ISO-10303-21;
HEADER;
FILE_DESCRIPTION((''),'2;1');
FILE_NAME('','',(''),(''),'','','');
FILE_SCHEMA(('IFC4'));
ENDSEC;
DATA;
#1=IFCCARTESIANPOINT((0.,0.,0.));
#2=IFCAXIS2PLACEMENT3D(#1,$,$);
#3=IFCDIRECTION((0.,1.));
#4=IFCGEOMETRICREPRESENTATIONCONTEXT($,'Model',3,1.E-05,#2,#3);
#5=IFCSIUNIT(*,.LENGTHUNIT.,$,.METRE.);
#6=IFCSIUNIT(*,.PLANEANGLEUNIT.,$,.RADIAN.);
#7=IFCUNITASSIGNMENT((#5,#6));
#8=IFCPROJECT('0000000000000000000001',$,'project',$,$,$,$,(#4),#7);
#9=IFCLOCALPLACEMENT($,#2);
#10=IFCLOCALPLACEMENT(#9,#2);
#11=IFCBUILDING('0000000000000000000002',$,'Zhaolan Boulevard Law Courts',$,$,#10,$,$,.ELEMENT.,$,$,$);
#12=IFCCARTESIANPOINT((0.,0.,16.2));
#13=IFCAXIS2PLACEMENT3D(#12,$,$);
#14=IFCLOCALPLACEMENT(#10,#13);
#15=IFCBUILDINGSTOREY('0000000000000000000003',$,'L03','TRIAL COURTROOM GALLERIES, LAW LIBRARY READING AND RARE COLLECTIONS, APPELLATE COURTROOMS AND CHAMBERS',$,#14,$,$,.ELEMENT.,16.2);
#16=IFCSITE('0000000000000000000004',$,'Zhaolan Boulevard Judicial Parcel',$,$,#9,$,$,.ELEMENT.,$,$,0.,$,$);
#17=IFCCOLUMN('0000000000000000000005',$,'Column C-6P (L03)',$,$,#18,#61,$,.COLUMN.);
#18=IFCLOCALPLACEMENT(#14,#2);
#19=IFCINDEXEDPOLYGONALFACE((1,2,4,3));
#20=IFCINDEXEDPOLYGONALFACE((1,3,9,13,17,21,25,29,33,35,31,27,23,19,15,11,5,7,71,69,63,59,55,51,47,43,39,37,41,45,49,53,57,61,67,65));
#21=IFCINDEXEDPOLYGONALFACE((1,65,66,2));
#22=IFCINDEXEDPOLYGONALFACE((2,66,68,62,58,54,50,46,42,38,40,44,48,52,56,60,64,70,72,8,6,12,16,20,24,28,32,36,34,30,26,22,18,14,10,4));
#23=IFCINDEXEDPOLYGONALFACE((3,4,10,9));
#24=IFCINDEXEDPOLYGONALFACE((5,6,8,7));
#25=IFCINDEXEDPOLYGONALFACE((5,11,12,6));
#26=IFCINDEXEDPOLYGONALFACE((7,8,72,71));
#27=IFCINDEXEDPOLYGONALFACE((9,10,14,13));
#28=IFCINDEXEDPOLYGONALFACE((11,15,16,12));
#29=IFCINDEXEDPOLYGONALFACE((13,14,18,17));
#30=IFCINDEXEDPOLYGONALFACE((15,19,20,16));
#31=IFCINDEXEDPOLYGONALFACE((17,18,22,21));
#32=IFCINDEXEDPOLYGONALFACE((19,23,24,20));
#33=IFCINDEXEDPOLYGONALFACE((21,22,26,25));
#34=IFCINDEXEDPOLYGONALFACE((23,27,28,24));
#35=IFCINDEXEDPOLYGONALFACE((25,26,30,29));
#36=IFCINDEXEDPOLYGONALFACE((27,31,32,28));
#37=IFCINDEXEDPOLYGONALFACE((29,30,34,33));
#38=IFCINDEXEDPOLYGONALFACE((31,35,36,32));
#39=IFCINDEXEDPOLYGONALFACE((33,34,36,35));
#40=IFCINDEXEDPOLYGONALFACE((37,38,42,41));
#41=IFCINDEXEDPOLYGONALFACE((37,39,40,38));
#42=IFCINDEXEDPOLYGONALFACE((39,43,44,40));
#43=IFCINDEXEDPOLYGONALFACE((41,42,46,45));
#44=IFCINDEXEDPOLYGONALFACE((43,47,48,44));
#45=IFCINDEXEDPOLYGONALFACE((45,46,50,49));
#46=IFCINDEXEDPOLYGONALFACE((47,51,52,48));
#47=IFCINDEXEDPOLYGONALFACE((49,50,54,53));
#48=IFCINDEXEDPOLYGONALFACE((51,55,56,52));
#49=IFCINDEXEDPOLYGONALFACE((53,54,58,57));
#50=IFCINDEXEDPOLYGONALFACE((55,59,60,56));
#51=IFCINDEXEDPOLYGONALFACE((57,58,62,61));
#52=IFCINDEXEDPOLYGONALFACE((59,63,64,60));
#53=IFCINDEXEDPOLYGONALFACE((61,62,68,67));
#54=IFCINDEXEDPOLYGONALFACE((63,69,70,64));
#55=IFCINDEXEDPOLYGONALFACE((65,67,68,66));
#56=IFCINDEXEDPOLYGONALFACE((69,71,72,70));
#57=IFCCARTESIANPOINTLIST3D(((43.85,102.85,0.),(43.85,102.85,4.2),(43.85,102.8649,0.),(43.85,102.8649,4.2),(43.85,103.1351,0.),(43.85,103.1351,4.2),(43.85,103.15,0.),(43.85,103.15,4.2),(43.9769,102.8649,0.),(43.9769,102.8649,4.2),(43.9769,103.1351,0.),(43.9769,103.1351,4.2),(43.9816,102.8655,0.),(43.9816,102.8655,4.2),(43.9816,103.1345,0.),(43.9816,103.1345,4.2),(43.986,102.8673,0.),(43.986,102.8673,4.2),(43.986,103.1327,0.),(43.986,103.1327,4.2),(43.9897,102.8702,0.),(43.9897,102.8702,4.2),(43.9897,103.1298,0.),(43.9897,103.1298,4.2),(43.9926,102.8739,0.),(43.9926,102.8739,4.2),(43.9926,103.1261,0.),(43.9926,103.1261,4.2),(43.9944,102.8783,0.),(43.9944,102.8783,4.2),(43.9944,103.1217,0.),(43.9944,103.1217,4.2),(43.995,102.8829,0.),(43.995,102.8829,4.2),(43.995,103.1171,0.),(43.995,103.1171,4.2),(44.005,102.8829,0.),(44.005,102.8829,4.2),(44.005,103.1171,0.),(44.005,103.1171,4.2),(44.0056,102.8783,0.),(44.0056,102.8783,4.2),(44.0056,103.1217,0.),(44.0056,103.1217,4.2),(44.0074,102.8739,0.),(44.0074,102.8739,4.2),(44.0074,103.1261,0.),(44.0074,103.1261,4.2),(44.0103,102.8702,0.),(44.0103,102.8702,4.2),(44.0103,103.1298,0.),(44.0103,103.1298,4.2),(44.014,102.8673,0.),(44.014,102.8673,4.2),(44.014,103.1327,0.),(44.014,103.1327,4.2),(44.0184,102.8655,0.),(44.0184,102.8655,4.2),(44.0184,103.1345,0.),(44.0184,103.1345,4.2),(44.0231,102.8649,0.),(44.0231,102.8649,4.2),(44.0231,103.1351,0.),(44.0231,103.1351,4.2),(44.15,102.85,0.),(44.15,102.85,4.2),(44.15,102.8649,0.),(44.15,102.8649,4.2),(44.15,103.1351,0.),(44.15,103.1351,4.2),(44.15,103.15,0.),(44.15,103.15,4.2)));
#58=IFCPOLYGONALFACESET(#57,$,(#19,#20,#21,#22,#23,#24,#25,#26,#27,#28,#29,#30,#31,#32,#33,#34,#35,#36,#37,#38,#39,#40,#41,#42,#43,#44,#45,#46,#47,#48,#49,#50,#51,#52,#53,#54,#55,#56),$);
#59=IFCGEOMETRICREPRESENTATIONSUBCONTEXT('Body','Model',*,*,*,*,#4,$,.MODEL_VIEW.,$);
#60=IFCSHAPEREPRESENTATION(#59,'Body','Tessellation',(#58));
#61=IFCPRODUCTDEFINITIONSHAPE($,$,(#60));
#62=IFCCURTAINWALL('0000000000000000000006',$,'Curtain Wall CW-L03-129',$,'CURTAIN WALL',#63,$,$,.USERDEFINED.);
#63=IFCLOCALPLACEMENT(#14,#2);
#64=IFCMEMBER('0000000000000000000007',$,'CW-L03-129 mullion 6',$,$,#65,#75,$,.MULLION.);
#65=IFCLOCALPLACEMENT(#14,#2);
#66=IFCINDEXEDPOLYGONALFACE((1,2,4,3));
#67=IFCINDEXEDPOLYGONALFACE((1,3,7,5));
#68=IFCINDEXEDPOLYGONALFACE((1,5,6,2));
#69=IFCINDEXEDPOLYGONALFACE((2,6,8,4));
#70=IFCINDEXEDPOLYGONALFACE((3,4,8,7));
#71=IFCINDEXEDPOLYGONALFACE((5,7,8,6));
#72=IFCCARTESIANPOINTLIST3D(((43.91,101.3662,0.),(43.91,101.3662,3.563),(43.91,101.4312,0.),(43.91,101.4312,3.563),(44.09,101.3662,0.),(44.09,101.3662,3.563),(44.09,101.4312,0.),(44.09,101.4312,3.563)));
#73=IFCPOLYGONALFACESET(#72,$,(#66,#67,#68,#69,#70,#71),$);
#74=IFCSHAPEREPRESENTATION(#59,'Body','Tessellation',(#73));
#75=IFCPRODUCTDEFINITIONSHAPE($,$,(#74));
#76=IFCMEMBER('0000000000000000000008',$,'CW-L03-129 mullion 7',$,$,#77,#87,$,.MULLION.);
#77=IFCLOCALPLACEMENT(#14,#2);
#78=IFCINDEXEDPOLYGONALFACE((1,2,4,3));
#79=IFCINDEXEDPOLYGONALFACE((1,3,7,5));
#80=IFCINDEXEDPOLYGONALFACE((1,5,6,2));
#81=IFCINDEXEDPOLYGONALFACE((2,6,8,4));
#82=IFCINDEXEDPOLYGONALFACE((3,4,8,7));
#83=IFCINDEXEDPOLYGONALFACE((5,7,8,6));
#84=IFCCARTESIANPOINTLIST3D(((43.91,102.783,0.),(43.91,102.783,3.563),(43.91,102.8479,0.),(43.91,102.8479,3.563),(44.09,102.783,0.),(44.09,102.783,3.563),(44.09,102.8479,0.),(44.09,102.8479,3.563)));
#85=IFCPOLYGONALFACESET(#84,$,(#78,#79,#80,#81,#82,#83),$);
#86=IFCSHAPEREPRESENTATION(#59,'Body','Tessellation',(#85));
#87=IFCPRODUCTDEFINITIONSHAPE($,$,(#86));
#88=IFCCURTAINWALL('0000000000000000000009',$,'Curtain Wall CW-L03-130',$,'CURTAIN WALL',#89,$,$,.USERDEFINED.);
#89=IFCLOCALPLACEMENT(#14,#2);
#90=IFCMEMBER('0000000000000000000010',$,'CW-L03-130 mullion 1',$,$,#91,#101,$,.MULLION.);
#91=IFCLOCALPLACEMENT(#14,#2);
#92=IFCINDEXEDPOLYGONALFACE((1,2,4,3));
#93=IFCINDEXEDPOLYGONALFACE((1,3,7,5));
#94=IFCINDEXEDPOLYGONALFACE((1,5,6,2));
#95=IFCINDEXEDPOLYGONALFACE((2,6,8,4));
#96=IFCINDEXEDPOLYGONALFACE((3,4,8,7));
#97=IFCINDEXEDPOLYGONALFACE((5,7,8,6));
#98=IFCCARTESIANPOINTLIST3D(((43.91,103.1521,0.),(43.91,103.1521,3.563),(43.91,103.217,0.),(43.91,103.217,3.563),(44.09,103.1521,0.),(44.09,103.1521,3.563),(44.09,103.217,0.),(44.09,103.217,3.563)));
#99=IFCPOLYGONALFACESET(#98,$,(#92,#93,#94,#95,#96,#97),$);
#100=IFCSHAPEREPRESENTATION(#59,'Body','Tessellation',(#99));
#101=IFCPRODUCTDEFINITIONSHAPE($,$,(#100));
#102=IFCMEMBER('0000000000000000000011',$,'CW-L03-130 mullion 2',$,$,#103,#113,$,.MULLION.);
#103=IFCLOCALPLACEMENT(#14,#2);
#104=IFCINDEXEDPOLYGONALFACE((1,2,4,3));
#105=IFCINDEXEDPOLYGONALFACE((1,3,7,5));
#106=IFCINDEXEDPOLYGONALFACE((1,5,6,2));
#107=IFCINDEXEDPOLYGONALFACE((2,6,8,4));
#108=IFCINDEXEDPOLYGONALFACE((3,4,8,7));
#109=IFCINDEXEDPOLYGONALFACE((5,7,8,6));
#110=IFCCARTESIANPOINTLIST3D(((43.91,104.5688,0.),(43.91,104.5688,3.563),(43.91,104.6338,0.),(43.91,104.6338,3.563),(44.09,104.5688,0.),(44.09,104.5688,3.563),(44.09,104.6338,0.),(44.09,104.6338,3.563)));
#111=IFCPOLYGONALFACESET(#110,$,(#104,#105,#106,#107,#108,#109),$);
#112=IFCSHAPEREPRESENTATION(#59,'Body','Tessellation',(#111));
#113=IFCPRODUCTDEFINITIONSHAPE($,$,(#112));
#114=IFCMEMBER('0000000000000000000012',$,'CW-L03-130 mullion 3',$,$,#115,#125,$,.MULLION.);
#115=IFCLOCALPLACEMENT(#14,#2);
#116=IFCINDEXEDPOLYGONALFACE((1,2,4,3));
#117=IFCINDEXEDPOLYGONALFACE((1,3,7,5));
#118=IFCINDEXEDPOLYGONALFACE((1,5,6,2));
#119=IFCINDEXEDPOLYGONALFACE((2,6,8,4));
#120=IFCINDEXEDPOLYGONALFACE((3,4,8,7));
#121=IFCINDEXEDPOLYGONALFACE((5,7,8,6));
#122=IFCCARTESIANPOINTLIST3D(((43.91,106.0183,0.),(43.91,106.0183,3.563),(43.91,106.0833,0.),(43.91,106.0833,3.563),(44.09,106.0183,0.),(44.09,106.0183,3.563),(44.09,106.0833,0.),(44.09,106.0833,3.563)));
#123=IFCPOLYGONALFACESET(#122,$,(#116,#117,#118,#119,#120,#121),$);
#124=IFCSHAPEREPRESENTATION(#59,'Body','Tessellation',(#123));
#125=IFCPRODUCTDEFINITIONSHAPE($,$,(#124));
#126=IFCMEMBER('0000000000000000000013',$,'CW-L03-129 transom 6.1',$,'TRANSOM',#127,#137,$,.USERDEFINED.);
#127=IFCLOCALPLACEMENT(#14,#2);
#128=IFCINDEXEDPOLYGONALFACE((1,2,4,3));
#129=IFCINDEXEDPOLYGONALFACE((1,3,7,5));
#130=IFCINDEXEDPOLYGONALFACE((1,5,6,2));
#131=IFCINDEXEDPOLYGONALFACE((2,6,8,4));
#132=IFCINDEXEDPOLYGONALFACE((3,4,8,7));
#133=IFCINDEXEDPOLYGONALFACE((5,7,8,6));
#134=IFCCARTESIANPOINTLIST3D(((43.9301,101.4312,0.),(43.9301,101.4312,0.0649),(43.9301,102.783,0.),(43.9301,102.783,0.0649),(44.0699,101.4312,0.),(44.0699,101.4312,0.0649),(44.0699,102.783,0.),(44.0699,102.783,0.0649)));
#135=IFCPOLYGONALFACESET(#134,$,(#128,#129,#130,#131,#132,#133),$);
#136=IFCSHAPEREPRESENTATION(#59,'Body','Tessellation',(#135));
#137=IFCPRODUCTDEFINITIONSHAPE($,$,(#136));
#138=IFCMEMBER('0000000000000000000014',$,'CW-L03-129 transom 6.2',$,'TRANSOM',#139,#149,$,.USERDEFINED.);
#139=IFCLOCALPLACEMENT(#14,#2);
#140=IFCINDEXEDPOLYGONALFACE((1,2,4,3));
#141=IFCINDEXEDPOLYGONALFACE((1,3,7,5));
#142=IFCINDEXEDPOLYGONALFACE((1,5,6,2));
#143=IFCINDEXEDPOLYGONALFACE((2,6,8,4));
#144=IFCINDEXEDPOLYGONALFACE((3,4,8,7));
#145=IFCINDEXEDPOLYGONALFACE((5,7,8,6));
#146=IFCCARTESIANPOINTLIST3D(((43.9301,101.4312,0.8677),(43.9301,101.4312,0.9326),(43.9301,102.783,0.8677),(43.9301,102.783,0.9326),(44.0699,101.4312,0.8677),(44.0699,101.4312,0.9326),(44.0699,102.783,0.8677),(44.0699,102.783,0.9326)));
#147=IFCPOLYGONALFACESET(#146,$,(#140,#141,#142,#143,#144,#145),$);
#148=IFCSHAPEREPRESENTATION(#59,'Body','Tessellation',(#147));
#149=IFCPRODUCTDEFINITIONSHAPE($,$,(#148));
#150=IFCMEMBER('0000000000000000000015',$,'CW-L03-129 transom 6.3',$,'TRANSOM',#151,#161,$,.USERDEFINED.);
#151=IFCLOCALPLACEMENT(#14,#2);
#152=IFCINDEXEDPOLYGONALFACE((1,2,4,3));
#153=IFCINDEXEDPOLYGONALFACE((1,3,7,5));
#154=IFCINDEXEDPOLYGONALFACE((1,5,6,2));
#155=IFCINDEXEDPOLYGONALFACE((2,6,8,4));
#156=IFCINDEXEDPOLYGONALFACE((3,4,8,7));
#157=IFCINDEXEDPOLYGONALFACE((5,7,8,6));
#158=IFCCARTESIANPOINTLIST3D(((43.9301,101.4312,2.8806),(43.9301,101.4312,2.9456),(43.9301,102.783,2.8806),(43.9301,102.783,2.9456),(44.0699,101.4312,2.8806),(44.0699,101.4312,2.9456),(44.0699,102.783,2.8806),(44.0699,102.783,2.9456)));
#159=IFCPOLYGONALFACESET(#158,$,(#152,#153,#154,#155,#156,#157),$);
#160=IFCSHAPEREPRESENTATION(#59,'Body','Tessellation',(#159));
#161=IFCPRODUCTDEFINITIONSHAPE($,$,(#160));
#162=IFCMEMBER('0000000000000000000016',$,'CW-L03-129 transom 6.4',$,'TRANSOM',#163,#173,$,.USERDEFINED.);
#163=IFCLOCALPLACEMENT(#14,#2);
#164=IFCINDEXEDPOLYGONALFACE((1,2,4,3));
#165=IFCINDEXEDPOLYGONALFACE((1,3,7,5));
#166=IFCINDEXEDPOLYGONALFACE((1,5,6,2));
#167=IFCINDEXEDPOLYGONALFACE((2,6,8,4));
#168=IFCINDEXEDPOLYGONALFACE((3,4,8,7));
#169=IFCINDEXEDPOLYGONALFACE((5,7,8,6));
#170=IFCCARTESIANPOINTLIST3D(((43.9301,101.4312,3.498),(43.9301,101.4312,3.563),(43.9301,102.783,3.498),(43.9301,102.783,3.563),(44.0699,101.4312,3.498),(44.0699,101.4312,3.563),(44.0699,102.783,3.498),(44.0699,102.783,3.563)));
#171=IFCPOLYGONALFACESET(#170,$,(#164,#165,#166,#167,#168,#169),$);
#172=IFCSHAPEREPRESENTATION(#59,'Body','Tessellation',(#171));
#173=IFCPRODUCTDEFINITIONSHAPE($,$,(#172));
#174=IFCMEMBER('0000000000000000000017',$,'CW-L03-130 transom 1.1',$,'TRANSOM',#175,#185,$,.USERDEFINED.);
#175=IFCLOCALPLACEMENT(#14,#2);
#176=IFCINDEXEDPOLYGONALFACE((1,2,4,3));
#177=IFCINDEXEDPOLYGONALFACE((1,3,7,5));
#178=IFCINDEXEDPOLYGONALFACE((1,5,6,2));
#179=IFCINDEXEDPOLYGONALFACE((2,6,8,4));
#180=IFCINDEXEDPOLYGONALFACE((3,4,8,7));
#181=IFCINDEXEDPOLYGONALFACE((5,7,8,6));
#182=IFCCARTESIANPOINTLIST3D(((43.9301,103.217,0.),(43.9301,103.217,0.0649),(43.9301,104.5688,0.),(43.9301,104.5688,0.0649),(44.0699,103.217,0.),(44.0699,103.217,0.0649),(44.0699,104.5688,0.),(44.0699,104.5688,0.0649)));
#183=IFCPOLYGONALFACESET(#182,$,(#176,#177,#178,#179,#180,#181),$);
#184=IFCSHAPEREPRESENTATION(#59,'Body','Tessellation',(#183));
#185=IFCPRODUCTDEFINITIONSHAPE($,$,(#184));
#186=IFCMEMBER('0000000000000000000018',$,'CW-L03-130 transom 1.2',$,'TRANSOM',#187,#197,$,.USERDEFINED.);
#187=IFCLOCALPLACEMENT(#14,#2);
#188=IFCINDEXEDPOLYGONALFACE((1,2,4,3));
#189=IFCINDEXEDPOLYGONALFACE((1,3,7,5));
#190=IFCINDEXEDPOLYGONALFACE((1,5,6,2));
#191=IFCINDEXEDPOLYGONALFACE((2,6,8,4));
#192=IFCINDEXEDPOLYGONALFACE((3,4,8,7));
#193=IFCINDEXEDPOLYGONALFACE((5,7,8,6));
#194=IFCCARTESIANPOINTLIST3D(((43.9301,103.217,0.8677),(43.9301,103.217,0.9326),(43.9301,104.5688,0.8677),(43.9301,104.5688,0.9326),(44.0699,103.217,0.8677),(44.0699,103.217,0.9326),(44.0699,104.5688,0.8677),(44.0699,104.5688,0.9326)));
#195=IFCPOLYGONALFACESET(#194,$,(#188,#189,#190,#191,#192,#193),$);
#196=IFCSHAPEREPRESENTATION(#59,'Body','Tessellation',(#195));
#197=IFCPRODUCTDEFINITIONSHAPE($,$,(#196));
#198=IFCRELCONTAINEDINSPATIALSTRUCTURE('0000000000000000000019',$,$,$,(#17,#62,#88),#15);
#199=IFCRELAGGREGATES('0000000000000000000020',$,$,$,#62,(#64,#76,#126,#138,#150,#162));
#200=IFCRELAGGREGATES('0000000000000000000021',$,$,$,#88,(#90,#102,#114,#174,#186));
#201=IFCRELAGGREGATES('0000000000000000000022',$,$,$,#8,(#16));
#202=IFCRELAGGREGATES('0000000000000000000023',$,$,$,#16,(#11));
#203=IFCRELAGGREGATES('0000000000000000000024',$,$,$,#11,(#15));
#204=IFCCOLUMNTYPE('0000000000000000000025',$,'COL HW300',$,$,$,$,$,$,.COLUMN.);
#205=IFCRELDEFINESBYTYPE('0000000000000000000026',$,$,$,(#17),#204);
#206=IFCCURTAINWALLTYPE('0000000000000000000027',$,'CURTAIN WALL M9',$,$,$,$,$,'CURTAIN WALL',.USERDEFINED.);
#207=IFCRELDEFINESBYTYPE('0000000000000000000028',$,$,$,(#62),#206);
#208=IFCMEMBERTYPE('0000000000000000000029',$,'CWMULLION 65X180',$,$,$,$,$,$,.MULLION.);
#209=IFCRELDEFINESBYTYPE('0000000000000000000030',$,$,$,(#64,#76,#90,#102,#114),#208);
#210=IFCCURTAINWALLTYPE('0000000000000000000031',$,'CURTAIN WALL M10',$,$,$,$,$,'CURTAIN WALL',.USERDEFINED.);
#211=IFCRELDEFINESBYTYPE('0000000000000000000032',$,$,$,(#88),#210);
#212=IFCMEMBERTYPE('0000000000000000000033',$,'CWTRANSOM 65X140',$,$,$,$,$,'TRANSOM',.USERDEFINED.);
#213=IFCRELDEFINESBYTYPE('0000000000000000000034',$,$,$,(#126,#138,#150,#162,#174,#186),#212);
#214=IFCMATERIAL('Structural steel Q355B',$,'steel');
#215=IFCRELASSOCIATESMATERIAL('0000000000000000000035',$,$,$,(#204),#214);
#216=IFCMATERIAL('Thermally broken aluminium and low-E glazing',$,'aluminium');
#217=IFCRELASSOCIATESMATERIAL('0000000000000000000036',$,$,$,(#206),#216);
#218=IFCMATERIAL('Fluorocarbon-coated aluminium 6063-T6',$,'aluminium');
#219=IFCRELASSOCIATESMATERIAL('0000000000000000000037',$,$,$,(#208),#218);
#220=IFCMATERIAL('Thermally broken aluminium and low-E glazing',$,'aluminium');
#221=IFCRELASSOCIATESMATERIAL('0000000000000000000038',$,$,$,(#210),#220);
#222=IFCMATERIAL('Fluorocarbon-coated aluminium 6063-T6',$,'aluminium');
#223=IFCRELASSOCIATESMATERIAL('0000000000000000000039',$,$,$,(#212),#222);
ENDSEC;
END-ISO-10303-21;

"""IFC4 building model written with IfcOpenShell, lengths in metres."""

from ifc_helpers import new_model, si_unit, direction, frame, origin, origin_2d, place, context, subcontext, project, spatial, rectangle, i_section, extrude, material, material_profile, profile_set, type_object, element, aggregate, save


model = new_model("IFC4")

# Units and contexts
model_context = context("Model", 3, precision=1e-05, world=origin(), true_north=direction((0.0, 1.0)))
body_context = subcontext(model_context, "Body", "Model", "MODEL_VIEW")
ifc_project = project(units=[si_unit("LENGTHUNIT", "METRE"), si_unit("PLANEANGLEUNIT", "RADIAN")], contexts=[model_context])

# Site, building, storey
site_placement = place(None, origin())
site = spatial("IfcSite", under=ifc_project, at=site_placement, Name="Zhaolan Boulevard Judicial Parcel", CompositionType="ELEMENT", RefElevation=0.0)
building_placement = place(site_placement, origin())
building = spatial("IfcBuilding", under=site, at=building_placement, Name="Zhaolan Boulevard Law Courts", CompositionType="ELEMENT")
storey_placement = place(building_placement, frame((0.0, 0.0, 16.2)))
storey = spatial("IfcBuildingStorey", under=building, at=storey_placement, Name="L03", Description="TRIAL COURTROOM GALLERIES, LAW LIBRARY READING AND RARE COLLECTIONS, APPELLATE COURTROOMS AND CHAMBERS", CompositionType="ELEMENT", Elevation=16.2)

# Column
ifc_material_1 = material(Name="Structural steel Q355B", Category="steel")
ifc_material_profile_1 = material_profile(ifc_material_1, i_section(OverallWidth=0.3, OverallDepth=0.3, WebThickness=0.01, FlangeThickness=0.0149, FilletRadius=0.0181, at=origin_2d()), Name="HW300x300")
ifc_profile_set_1 = profile_set([ifc_material_profile_1], Name="Structural steel Q355B")
column_type = type_object("IfcColumnType", Name="COL HW300", PredefinedType="COLUMN", material=ifc_profile_set_1)
column_placement = place(storey_placement, frame((44.0, 103.0, 0.0), z_axis=(0.0, 0.0, 1.0), x_axis=(1.0, 0.0, 0.0)))
element("IfcColumn", 1, at=column_placement, inside=storey, type_object=column_type, Name="Column C-6P (L03)", PredefinedType="COLUMN", context=body_context, shape_type="SweptSolid", body=[
    extrude(i_section(OverallWidth=0.3, OverallDepth=0.3, WebThickness=0.01, FlangeThickness=0.0149, FilletRadius=0.0181, at=origin_2d()), origin(), (0.0, 0.0, 1.0), 4.2),
])

# Curtain walls, members
ifc_material_2 = material(Name="Thermally broken aluminium and low-E glazing", Category="aluminium")
curtain_wall_type_1 = type_object("IfcCurtainWallType", Name="CURTAIN WALL M9", ElementType="CURTAIN WALL", PredefinedType="USERDEFINED", material=ifc_material_2)
curtain_wall_1_placement = place(storey_placement, origin())
curtain_wall_1 = element("IfcCurtainWall", 2, at=curtain_wall_1_placement, inside=storey, type_object=curtain_wall_type_1, Name="Curtain Wall CW-L03-129", ObjectType="CURTAIN WALL", PredefinedType="USERDEFINED")
ifc_material_3 = material(Name="Fluorocarbon-coated aluminium 6063-T6", Category="aluminium")
ifc_material_profile_2 = material_profile(ifc_material_3, rectangle(XDim=0.1799, YDim=0.0649, at=origin_2d()), Name="AL65x180")
ifc_profile_set_2 = profile_set([ifc_material_profile_2], Name="Fluorocarbon-coated aluminium 6063-T6")
member_type_1 = type_object("IfcMemberType", Name="CWMULLION 65X180", PredefinedType="MULLION", material=ifc_profile_set_2)
member_1_placement = place(storey_placement, frame((44.0, 101.3987, 0.0), z_axis=(0.0, 0.0, 1.0), x_axis=(-1.0, 0.0, 0.0)))
member_1 = element("IfcMember", 3, at=member_1_placement, type_object=member_type_1, Name="CW-L03-129 mullion 6", PredefinedType="MULLION", context=body_context, shape_type="SweptSolid", body=[
    extrude(rectangle(XDim=0.1799, YDim=0.0649, at=origin_2d()), origin(), (0.0, 0.0, 1.0), 3.563),
])
member_2_placement = place(storey_placement, frame((44.0, 102.8154, 0.0), z_axis=(0.0, 0.0, 1.0), x_axis=(-1.0, 0.0, 0.0)))
member_2 = element("IfcMember", 4, at=member_2_placement, type_object=member_type_1, Name="CW-L03-129 mullion 7", PredefinedType="MULLION", context=body_context, shape_type="SweptSolid", body=[
    extrude(rectangle(XDim=0.1799, YDim=0.0649, at=origin_2d()), origin(), (0.0, 0.0, 1.0), 3.563),
])
ifc_material_4 = material(Name="Thermally broken aluminium and low-E glazing", Category="aluminium")
curtain_wall_type_2 = type_object("IfcCurtainWallType", Name="CURTAIN WALL M10", ElementType="CURTAIN WALL", PredefinedType="USERDEFINED", material=ifc_material_4)
curtain_wall_2_placement = place(storey_placement, origin())
curtain_wall_2 = element("IfcCurtainWall", 5, at=curtain_wall_2_placement, inside=storey, type_object=curtain_wall_type_2, Name="Curtain Wall CW-L03-130", ObjectType="CURTAIN WALL", PredefinedType="USERDEFINED")
member_3_placement = place(storey_placement, frame((44.0, 103.1846, 0.0), z_axis=(0.0, 0.0, 1.0), x_axis=(-1.0, 0.0, 0.0)))
member_3 = element("IfcMember", 6, at=member_3_placement, type_object=member_type_1, Name="CW-L03-130 mullion 1", PredefinedType="MULLION", context=body_context, shape_type="SweptSolid", body=[
    extrude(rectangle(XDim=0.1799, YDim=0.0649, at=origin_2d()), origin(), (0.0, 0.0, 1.0), 3.563),
])
member_4_placement = place(storey_placement, frame((44.0, 104.6013, 0.0), z_axis=(0.0, 0.0, 1.0), x_axis=(-1.0, 0.0, 0.0)))
member_4 = element("IfcMember", 7, at=member_4_placement, type_object=member_type_1, Name="CW-L03-130 mullion 2", PredefinedType="MULLION", context=body_context, shape_type="SweptSolid", body=[
    extrude(rectangle(XDim=0.1799, YDim=0.0649, at=origin_2d()), origin(), (0.0, 0.0, 1.0), 3.563),
])
member_5_placement = place(storey_placement, frame((44.0, 106.0508, 0.0), z_axis=(0.0, 0.0, 1.0), x_axis=(-1.0, 0.0, 0.0)))
member_5 = element("IfcMember", 8, at=member_5_placement, type_object=member_type_1, Name="CW-L03-130 mullion 3", PredefinedType="MULLION", context=body_context, shape_type="SweptSolid", body=[
    extrude(rectangle(XDim=0.1799, YDim=0.0649, at=origin_2d()), origin(), (0.0, 0.0, 1.0), 3.563),
])

# Members
ifc_material_5 = material(Name="Fluorocarbon-coated aluminium 6063-T6", Category="aluminium")
ifc_material_profile_3 = material_profile(ifc_material_5, rectangle(XDim=0.1399, YDim=0.0649, at=origin_2d()), Name="AL65x140")
ifc_profile_set_3 = profile_set([ifc_material_profile_3], Name="Fluorocarbon-coated aluminium 6063-T6")
member_type_2 = type_object("IfcMemberType", Name="CWTRANSOM 65X140", ElementType="TRANSOM", PredefinedType="USERDEFINED", material=ifc_profile_set_3)
member_6_placement = place(storey_placement, frame((44.0, 101.4312, 0.0325), z_axis=(0.0, 1.0, 0.0), x_axis=(-1.0, 0.0, 0.0)))
member_6 = element("IfcMember", 9, at=member_6_placement, type_object=member_type_2, Name="CW-L03-129 transom 6.1", ObjectType="TRANSOM", PredefinedType="USERDEFINED", context=body_context, shape_type="SweptSolid", body=[
    extrude(rectangle(XDim=0.1399, YDim=0.0649, at=origin_2d()), origin(), (0.0, 0.0, 1.0), 1.3518),
])
member_7_placement = place(storey_placement, frame((44.0, 101.4312, 0.9001), z_axis=(0.0, 1.0, 0.0), x_axis=(-1.0, 0.0, 0.0)))
member_7 = element("IfcMember", 10, at=member_7_placement, type_object=member_type_2, Name="CW-L03-129 transom 6.2", ObjectType="TRANSOM", PredefinedType="USERDEFINED", context=body_context, shape_type="SweptSolid", body=[
    extrude(rectangle(XDim=0.1399, YDim=0.0649, at=origin_2d()), origin(), (0.0, 0.0, 1.0), 1.3518),
])
member_8_placement = place(storey_placement, frame((44.0, 101.4312, 2.9131), z_axis=(0.0, 1.0, 0.0), x_axis=(-1.0, 0.0, 0.0)))
member_8 = element("IfcMember", 11, at=member_8_placement, type_object=member_type_2, Name="CW-L03-129 transom 6.3", ObjectType="TRANSOM", PredefinedType="USERDEFINED", context=body_context, shape_type="SweptSolid", body=[
    extrude(rectangle(XDim=0.1399, YDim=0.0649, at=origin_2d()), origin(), (0.0, 0.0, 1.0), 1.3518),
])
member_9_placement = place(storey_placement, frame((44.0, 101.4312, 3.5305), z_axis=(0.0, 1.0, 0.0), x_axis=(-1.0, 0.0, 0.0)))
member_9 = element("IfcMember", 12, at=member_9_placement, type_object=member_type_2, Name="CW-L03-129 transom 6.4", ObjectType="TRANSOM", PredefinedType="USERDEFINED", context=body_context, shape_type="SweptSolid", body=[
    extrude(rectangle(XDim=0.1399, YDim=0.0649, at=origin_2d()), origin(), (0.0, 0.0, 1.0), 1.3518),
])
member_10_placement = place(storey_placement, frame((44.0, 103.217, 0.0325), z_axis=(0.0, 1.0, 0.0), x_axis=(-1.0, 0.0, 0.0)))
member_10 = element("IfcMember", 13, at=member_10_placement, type_object=member_type_2, Name="CW-L03-130 transom 1.1", ObjectType="TRANSOM", PredefinedType="USERDEFINED", context=body_context, shape_type="SweptSolid", body=[
    extrude(rectangle(XDim=0.1399, YDim=0.0649, at=origin_2d()), origin(), (0.0, 0.0, 1.0), 1.3518),
])
member_11_placement = place(storey_placement, frame((44.0, 103.217, 0.9001), z_axis=(0.0, 1.0, 0.0), x_axis=(-1.0, 0.0, 0.0)))
member_11 = element("IfcMember", 14, at=member_11_placement, type_object=member_type_2, Name="CW-L03-130 transom 1.2", ObjectType="TRANSOM", PredefinedType="USERDEFINED", context=body_context, shape_type="SweptSolid", body=[
    extrude(rectangle(XDim=0.1399, YDim=0.0649, at=origin_2d()), origin(), (0.0, 0.0, 1.0), 1.3518),
])

aggregate(curtain_wall_1, [member_1, member_2, member_6, member_7, member_8, member_9])
aggregate(curtain_wall_2, [member_3, member_4, member_5, member_10, member_11])

save(model, "model.ifc")
